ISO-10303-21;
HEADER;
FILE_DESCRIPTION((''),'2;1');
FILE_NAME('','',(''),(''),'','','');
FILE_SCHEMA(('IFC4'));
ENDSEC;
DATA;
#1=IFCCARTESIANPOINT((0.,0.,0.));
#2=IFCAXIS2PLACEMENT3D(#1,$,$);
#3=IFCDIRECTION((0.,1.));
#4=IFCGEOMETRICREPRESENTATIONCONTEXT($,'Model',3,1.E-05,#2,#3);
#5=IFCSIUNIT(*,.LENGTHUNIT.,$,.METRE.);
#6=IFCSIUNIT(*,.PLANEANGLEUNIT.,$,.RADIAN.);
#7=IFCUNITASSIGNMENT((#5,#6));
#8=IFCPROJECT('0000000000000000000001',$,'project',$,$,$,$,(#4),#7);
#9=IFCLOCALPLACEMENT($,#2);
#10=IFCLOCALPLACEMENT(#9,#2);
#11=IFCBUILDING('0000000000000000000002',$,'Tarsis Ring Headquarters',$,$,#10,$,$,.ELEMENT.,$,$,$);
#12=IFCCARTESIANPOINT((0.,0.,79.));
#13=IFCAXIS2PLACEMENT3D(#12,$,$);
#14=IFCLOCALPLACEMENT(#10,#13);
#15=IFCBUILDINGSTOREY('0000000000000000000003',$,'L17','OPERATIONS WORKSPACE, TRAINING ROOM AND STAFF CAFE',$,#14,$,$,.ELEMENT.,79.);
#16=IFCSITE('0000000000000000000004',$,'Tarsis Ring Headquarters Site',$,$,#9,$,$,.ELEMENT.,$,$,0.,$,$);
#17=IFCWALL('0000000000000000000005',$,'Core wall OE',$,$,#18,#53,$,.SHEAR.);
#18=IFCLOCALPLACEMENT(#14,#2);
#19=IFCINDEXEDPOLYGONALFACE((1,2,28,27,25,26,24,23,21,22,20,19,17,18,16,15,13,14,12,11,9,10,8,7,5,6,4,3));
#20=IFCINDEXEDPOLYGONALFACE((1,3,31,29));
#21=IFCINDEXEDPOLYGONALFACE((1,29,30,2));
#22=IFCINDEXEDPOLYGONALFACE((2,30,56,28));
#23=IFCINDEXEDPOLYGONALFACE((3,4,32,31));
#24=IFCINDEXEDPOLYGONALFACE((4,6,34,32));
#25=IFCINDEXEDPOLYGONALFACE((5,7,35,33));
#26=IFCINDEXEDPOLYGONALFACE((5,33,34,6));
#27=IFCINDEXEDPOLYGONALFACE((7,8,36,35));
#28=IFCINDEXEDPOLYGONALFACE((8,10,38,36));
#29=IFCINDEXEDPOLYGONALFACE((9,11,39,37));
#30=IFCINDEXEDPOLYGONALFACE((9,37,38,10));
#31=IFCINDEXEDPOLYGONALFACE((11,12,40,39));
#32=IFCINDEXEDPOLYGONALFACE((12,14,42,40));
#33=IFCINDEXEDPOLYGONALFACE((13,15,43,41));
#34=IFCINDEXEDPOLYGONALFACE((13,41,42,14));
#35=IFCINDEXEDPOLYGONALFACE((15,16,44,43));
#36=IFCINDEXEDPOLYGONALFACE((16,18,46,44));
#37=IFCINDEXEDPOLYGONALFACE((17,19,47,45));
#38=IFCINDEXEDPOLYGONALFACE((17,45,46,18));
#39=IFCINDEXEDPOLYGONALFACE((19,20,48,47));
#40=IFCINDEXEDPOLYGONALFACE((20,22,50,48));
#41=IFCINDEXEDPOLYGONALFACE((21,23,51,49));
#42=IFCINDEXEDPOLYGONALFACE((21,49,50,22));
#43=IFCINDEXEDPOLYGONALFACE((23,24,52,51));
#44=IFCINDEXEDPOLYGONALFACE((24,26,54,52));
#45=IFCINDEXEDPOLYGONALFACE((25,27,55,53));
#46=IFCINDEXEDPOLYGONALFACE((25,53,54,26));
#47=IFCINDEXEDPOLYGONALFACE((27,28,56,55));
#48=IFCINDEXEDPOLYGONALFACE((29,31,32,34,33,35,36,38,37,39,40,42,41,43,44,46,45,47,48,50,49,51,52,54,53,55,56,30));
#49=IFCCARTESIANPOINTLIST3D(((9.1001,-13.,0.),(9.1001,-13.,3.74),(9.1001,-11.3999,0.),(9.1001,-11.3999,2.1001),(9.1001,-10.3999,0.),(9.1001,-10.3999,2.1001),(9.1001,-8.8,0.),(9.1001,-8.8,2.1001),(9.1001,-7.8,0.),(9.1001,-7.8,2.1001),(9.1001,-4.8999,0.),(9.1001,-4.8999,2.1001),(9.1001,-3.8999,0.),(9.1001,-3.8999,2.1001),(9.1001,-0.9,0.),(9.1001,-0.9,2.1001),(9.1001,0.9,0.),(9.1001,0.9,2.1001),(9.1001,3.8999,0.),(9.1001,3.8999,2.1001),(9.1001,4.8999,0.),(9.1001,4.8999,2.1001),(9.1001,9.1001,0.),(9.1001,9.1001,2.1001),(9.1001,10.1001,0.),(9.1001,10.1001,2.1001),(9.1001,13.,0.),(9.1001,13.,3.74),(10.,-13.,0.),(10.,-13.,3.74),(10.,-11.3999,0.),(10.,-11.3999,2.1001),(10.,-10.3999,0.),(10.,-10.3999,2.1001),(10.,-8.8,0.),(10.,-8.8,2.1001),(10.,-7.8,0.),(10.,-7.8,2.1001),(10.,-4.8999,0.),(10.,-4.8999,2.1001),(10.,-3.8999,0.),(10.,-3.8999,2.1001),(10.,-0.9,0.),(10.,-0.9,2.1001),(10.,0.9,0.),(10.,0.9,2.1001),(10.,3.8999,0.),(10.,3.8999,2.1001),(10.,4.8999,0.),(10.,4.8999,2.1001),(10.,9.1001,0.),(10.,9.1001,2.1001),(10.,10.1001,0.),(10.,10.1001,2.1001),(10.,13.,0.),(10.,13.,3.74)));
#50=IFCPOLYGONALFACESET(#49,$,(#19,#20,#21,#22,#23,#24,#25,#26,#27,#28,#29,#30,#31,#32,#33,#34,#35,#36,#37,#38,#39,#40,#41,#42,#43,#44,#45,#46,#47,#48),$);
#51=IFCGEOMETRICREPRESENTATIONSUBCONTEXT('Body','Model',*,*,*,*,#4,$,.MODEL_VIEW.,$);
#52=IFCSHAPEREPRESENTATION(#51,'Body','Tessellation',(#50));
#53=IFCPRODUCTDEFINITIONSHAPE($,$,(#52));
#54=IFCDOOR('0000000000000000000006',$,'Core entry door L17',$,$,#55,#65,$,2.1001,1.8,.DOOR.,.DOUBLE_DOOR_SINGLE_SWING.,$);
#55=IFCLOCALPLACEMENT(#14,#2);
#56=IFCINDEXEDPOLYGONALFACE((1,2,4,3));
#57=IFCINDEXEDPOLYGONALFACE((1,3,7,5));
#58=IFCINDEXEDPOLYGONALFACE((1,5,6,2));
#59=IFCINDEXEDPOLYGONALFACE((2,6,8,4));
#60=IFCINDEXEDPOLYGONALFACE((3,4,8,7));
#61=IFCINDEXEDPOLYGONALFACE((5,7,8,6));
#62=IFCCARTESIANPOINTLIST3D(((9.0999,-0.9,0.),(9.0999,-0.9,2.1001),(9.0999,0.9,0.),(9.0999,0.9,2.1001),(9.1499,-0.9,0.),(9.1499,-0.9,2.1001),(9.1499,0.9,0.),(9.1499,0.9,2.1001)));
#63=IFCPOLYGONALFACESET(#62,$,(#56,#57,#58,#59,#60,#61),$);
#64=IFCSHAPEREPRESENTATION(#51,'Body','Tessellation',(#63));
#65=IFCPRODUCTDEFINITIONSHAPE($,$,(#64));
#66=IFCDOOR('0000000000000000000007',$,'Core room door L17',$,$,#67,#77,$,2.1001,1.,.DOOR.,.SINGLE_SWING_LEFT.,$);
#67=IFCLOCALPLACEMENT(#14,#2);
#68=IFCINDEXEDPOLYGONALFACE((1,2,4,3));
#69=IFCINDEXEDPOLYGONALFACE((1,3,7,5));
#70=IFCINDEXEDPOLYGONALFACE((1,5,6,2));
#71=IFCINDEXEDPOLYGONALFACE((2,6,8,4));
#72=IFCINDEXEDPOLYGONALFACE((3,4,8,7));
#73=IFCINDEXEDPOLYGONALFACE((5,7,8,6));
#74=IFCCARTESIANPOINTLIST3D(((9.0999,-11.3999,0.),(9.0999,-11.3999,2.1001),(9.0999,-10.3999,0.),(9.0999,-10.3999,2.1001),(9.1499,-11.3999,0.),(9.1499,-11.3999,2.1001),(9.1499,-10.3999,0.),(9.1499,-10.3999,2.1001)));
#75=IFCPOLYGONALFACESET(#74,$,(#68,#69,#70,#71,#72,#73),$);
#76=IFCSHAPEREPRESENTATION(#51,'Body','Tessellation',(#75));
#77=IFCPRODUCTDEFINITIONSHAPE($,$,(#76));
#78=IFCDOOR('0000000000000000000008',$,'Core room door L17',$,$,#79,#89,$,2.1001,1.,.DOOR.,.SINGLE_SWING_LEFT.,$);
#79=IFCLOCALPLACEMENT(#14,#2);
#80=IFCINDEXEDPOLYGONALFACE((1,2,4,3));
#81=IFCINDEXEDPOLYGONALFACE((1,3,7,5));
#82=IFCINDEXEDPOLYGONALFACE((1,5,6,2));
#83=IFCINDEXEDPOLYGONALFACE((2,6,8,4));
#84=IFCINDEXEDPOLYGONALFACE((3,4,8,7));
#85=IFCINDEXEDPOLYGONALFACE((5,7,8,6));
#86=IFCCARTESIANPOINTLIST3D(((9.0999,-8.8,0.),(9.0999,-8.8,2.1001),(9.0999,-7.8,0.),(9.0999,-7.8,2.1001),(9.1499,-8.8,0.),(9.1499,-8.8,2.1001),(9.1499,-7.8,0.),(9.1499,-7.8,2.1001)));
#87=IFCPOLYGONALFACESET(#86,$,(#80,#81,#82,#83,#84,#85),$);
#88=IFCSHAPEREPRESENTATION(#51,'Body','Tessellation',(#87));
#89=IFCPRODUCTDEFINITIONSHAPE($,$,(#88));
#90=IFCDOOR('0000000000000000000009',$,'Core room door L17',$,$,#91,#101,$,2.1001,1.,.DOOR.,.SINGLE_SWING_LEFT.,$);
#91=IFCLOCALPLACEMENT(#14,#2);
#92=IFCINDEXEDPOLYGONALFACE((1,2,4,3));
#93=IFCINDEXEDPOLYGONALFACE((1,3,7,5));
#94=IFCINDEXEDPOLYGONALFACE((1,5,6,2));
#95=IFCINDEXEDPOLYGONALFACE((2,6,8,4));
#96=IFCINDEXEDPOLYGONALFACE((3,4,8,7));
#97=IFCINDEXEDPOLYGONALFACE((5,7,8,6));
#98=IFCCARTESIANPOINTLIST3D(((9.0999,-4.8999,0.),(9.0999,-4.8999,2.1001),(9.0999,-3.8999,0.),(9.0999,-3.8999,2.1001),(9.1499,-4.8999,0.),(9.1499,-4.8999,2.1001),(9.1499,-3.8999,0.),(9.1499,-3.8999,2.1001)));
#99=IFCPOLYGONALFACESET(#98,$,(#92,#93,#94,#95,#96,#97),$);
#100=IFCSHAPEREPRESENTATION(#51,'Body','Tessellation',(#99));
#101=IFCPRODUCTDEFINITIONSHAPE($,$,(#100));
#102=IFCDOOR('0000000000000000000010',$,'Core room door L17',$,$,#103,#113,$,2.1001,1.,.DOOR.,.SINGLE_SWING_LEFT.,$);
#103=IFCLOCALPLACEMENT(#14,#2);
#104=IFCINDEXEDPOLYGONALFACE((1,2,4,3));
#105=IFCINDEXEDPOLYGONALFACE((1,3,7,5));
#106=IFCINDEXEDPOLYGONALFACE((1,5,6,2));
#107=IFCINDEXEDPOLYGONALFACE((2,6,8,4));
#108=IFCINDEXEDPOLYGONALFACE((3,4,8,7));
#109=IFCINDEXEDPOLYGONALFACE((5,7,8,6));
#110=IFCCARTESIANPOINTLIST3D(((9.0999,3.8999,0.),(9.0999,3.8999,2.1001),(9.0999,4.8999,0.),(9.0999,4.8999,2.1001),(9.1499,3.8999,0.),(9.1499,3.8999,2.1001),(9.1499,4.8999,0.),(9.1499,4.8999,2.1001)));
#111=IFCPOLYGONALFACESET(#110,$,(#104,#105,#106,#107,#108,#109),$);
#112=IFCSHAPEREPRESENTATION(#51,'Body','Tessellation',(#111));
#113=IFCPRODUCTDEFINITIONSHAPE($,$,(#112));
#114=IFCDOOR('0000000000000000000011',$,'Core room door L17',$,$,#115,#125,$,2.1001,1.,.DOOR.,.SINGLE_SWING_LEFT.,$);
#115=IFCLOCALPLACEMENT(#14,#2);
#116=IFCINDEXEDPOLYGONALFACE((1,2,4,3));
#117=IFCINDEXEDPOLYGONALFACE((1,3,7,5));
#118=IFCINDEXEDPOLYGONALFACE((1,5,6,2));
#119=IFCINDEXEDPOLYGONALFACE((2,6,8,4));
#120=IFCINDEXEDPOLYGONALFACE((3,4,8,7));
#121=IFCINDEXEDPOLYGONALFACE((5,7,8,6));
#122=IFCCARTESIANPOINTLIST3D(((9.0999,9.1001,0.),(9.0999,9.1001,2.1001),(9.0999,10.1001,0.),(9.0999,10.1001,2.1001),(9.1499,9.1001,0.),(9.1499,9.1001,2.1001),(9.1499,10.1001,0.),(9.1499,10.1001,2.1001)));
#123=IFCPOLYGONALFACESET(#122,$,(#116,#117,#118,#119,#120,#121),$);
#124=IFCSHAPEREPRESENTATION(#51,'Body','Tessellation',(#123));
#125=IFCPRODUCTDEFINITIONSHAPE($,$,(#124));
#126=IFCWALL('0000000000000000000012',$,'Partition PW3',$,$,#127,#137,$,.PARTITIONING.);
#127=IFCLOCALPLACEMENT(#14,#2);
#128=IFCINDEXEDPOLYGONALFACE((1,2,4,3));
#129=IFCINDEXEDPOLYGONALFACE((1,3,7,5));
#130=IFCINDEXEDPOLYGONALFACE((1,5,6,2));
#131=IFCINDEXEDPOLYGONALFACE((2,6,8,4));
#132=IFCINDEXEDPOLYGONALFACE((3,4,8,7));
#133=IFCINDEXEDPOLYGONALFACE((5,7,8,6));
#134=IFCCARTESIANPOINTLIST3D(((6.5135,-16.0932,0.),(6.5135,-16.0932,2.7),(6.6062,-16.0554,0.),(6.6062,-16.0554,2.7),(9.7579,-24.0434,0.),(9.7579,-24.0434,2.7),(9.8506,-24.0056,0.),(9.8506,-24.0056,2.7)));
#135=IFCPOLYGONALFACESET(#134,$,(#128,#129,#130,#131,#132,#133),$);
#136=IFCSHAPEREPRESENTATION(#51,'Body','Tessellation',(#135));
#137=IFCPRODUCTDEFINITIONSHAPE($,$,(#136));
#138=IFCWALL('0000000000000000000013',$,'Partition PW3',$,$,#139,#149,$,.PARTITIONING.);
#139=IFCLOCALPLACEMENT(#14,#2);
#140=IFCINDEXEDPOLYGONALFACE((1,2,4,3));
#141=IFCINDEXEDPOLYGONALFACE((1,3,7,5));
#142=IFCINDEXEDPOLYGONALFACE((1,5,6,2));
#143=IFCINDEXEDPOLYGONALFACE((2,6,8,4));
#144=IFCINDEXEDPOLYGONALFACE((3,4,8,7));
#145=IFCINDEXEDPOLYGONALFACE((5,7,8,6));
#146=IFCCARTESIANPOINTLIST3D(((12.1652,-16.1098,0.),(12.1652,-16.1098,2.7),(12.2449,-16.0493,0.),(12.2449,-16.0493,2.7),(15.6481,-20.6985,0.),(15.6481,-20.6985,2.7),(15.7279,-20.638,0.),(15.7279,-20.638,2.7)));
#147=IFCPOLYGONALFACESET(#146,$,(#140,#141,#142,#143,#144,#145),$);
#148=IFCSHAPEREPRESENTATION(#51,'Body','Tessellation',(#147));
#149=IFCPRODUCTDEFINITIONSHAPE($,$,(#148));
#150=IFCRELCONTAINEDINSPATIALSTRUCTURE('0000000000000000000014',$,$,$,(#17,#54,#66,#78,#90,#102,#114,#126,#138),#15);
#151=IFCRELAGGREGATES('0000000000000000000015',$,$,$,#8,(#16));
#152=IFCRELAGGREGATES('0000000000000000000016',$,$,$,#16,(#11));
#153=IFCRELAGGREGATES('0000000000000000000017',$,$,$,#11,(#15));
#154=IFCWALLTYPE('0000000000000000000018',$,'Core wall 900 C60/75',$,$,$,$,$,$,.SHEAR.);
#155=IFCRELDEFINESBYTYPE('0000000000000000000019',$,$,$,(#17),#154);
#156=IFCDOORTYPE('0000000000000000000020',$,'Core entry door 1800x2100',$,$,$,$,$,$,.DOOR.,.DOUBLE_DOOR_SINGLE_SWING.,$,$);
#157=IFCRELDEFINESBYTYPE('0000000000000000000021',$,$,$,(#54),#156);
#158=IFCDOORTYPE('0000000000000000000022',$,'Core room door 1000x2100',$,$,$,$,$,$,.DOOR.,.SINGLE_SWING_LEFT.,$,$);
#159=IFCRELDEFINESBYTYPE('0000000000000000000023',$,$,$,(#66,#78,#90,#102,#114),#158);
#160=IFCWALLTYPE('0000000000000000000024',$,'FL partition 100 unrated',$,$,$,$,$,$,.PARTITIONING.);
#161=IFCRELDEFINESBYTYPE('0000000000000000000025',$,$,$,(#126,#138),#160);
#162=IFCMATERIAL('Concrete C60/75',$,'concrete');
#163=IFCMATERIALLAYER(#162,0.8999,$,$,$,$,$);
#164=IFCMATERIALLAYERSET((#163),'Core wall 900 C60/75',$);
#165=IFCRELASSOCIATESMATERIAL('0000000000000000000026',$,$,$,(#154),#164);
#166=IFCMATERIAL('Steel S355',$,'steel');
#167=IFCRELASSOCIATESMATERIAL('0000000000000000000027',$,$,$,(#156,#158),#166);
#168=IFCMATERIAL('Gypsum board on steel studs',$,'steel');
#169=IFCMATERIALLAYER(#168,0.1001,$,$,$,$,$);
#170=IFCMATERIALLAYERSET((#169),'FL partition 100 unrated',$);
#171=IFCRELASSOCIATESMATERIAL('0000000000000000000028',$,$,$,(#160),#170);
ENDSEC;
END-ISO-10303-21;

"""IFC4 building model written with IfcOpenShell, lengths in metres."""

from ifc_helpers import new_model, si_unit, direction, frame, frame_2d, origin, place, context, subcontext, project, spatial, rectangle, extrude, material, layer, layer_set, type_object, element, fill, save


model = new_model("IFC4")

# Units and contexts
model_context = context("Model", 3, precision=1e-05, world=origin(), true_north=direction((0.0, 1.0)))
body_context = subcontext(model_context, "Body", "Model", "MODEL_VIEW")
ifc_project = project(units=[si_unit("LENGTHUNIT", "METRE"), si_unit("PLANEANGLEUNIT", "RADIAN")], contexts=[model_context])

# Site, building, storey
site_placement = place(None, origin())
site = spatial("IfcSite", under=ifc_project, at=site_placement, Name="Tarsis Ring Headquarters Site", CompositionType="ELEMENT", RefElevation=0.0)
building_placement = place(site_placement, origin())
building = spatial("IfcBuilding", under=site, at=building_placement, Name="Tarsis Ring Headquarters", CompositionType="ELEMENT")
storey_placement = place(building_placement, frame((0.0, 0.0, 79.0)))
storey = spatial("IfcBuildingStorey", under=building, at=storey_placement, Name="L17", Description="OPERATIONS WORKSPACE, TRAINING ROOM AND STAFF CAFE", CompositionType="ELEMENT", Elevation=79.0)

# Wall, openings, doors
ifc_material_1 = material(Name="Concrete C60/75", Category="concrete")
ifc_layer_1 = layer(ifc_material_1, 0.8999)
ifc_layer_set_1 = layer_set([ifc_layer_1], Name="Core wall 900 C60/75")
wall_type_1 = type_object("IfcWallType", Name="Core wall 900 C60/75", PredefinedType="SHEAR", material=ifc_layer_set_1)
wall_1_placement = place(storey_placement, frame((9.55, -13.0, 0.0), z_axis=(0.0, 0.0, 1.0), x_axis=(0.0, 1.0, 0.0)))
wall_1 = element("IfcWall", 1, at=wall_1_placement, inside=storey, type_object=wall_type_1, Name="Core wall OE", PredefinedType="SHEAR", context=body_context, shape_type="SweptSolid", body=[
    extrude(rectangle(XDim=26.0, YDim=0.8999, at=frame_2d((13.0, 0.0))), origin(), (0.0, 0.0, 1.0), 3.74),
])
opening_1_placement = place(wall_1_placement, frame((1.6001, 0.0, 0.0)))
opening_1 = element("IfcOpeningElement", 2, at=opening_1_placement, cuts=wall_1, PredefinedType="OPENING", context=body_context, shape_type="SweptSolid", body=[
    extrude(rectangle(XDim=1.0, YDim=2.1001, at=frame_2d((0.5, 1.05))), frame((0.0, 0.46, 0.0), z_axis=(0.0, -1.0, 0.0), x_axis=(1.0, 0.0, 0.0)), (0.0, 0.0, 1.0), 0.9199),
])
opening_2_placement = place(wall_1_placement, frame((4.2, 0.0, 0.0)))
opening_2 = element("IfcOpeningElement", 3, at=opening_2_placement, cuts=wall_1, PredefinedType="OPENING", context=body_context, shape_type="SweptSolid", body=[
    extrude(rectangle(XDim=1.0, YDim=2.1001, at=frame_2d((0.5, 1.05))), frame((0.0, 0.46, 0.0), z_axis=(0.0, -1.0, 0.0), x_axis=(1.0, 0.0, 0.0)), (0.0, 0.0, 1.0), 0.9199),
])
opening_3_placement = place(wall_1_placement, frame((8.1001, 0.0, 0.0)))
opening_3 = element("IfcOpeningElement", 4, at=opening_3_placement, cuts=wall_1, PredefinedType="OPENING", context=body_context, shape_type="SweptSolid", body=[
    extrude(rectangle(XDim=1.0, YDim=2.1001, at=frame_2d((0.5, 1.05))), frame((0.0, 0.46, 0.0), z_axis=(0.0, -1.0, 0.0), x_axis=(1.0, 0.0, 0.0)), (0.0, 0.0, 1.0), 0.9199),
])
opening_4_placement = place(wall_1_placement, frame((12.1001, 0.0, 0.0)))
opening_4 = element("IfcOpeningElement", 5, at=opening_4_placement, cuts=wall_1, PredefinedType="OPENING", context=body_context, shape_type="SweptSolid", body=[
    extrude(rectangle(XDim=1.8, YDim=2.1001, at=frame_2d((0.8999, 1.05))), frame((0.0, 0.46, 0.0), z_axis=(0.0, -1.0, 0.0), x_axis=(1.0, 0.0, 0.0)), (0.0, 0.0, 1.0), 0.9199),
])
opening_5_placement = place(wall_1_placement, frame((16.8999, 0.0, 0.0)))
opening_5 = element("IfcOpeningElement", 6, at=opening_5_placement, cuts=wall_1, PredefinedType="OPENING", context=body_context, shape_type="SweptSolid", body=[
    extrude(rectangle(XDim=1.0, YDim=2.1001, at=frame_2d((0.5, 1.05))), frame((0.0, 0.46, 0.0), z_axis=(0.0, -1.0, 0.0), x_axis=(1.0, 0.0, 0.0)), (0.0, 0.0, 1.0), 0.9199),
])
opening_6_placement = place(wall_1_placement, frame((22.1001, 0.0, 0.0)))
opening_6 = element("IfcOpeningElement", 7, at=opening_6_placement, cuts=wall_1, PredefinedType="OPENING", context=body_context, shape_type="SweptSolid", body=[
    extrude(rectangle(XDim=1.0, YDim=2.1001, at=frame_2d((0.5, 1.05))), frame((0.0, 0.46, 0.0), z_axis=(0.0, -1.0, 0.0), x_axis=(1.0, 0.0, 0.0)), (0.0, 0.0, 1.0), 0.9199),
])
ifc_material_2 = material(Name="Steel S355", Category="steel")
door_type_1 = type_object("IfcDoorType", Name="Core entry door 1800x2100", OperationType="DOUBLE_DOOR_SINGLE_SWING", PredefinedType="DOOR", material=ifc_material_2)
door_1_placement = place(opening_4_placement, origin())
door_1 = element("IfcDoor", 8, at=door_1_placement, inside=storey, type_object=door_type_1, Name="Core entry door L17", OperationType="DOUBLE_DOOR_SINGLE_SWING", OverallHeight=2.1001, OverallWidth=1.8, PredefinedType="DOOR", context=body_context, shape_type="SweptSolid", body=[
    extrude(rectangle(XDim=1.8, YDim=2.1001, at=frame_2d((0.8999, 1.05))), frame((0.0, 0.4502, 0.0), z_axis=(0.0, -1.0, 0.0), x_axis=(1.0, 0.0, 0.0)), (0.0, 0.0, 1.0), 0.05),
])
fill(opening_4, door_1)
door_type_2 = type_object("IfcDoorType", Name="Core room door 1000x2100", OperationType="SINGLE_SWING_LEFT", PredefinedType="DOOR", material=ifc_material_2)
door_2_placement = place(opening_1_placement, origin())
door_2 = element("IfcDoor", 9, at=door_2_placement, inside=storey, type_object=door_type_2, Name="Core room door L17", OperationType="SINGLE_SWING_LEFT", OverallHeight=2.1001, OverallWidth=1.0, PredefinedType="DOOR", context=body_context, shape_type="SweptSolid", body=[
    extrude(rectangle(XDim=1.0, YDim=2.1001, at=frame_2d((0.5, 1.05))), frame((0.0, 0.4502, 0.0), z_axis=(0.0, -1.0, 0.0), x_axis=(1.0, 0.0, 0.0)), (0.0, 0.0, 1.0), 0.05),
])
fill(opening_1, door_2)
door_3_placement = place(opening_2_placement, origin())
door_3 = element("IfcDoor", 10, at=door_3_placement, inside=storey, type_object=door_type_2, Name="Core room door L17", OperationType="SINGLE_SWING_LEFT", OverallHeight=2.1001, OverallWidth=1.0, PredefinedType="DOOR", context=body_context, shape_type="SweptSolid", body=[
    extrude(rectangle(XDim=1.0, YDim=2.1001, at=frame_2d((0.5, 1.05))), frame((0.0, 0.4502, 0.0), z_axis=(0.0, -1.0, 0.0), x_axis=(1.0, 0.0, 0.0)), (0.0, 0.0, 1.0), 0.05),
])
fill(opening_2, door_3)
door_4_placement = place(opening_3_placement, origin())
door_4 = element("IfcDoor", 11, at=door_4_placement, inside=storey, type_object=door_type_2, Name="Core room door L17", OperationType="SINGLE_SWING_LEFT", OverallHeight=2.1001, OverallWidth=1.0, PredefinedType="DOOR", context=body_context, shape_type="SweptSolid", body=[
    extrude(rectangle(XDim=1.0, YDim=2.1001, at=frame_2d((0.5, 1.05))), frame((0.0, 0.4502, 0.0), z_axis=(0.0, -1.0, 0.0), x_axis=(1.0, 0.0, 0.0)), (0.0, 0.0, 1.0), 0.05),
])
fill(opening_3, door_4)
door_5_placement = place(opening_5_placement, origin())
door_5 = element("IfcDoor", 12, at=door_5_placement, inside=storey, type_object=door_type_2, Name="Core room door L17", OperationType="SINGLE_SWING_LEFT", OverallHeight=2.1001, OverallWidth=1.0, PredefinedType="DOOR", context=body_context, shape_type="SweptSolid", body=[
    extrude(rectangle(XDim=1.0, YDim=2.1001, at=frame_2d((0.5, 1.05))), frame((0.0, 0.4502, 0.0), z_axis=(0.0, -1.0, 0.0), x_axis=(1.0, 0.0, 0.0)), (0.0, 0.0, 1.0), 0.05),
])
fill(opening_5, door_5)
door_6_placement = place(opening_6_placement, origin())
door_6 = element("IfcDoor", 13, at=door_6_placement, inside=storey, type_object=door_type_2, Name="Core room door L17", OperationType="SINGLE_SWING_LEFT", OverallHeight=2.1001, OverallWidth=1.0, PredefinedType="DOOR", context=body_context, shape_type="SweptSolid", body=[
    extrude(rectangle(XDim=1.0, YDim=2.1001, at=frame_2d((0.5, 1.05))), frame((0.0, 0.4502, 0.0), z_axis=(0.0, -1.0, 0.0), x_axis=(1.0, 0.0, 0.0)), (0.0, 0.0, 1.0), 0.05),
])
fill(opening_6, door_6)

# Walls
ifc_material_3 = material(Name="Gypsum board on steel studs", Category="steel")
ifc_layer_2 = layer(ifc_material_3, 0.1001)
ifc_layer_set_2 = layer_set([ifc_layer_2], Name="FL partition 100 unrated")
wall_type_2 = type_object("IfcWallType", Name="FL partition 100 unrated", PredefinedType="PARTITIONING", material=ifc_layer_set_2)
wall_2_placement = place(storey_placement, frame((6.5598, -16.0742, 0.0), z_axis=(0.0, 0.0, 1.0), x_axis=(0.377838, -0.925872, 0.0)))
element("IfcWall", 14, at=wall_2_placement, inside=storey, type_object=wall_type_2, Name="Partition PW3", PredefinedType="PARTITIONING", context=body_context, shape_type="SweptSolid", body=[
    extrude(rectangle(XDim=8.5867, YDim=0.1001, at=frame_2d((4.2935, 0.0))), origin(), (0.0, 0.0, 1.0), 2.7),
])
wall_3_placement = place(storey_placement, frame((12.2051, -16.0796, 0.0), z_axis=(0.0, 0.0, 1.0), x_axis=(0.604594, -0.796534, 0.0)))
element("IfcWall", 15, at=wall_3_placement, inside=storey, type_object=wall_type_2, Name="Partition PW3", PredefinedType="PARTITIONING", context=body_context, shape_type="SweptSolid", body=[
    extrude(rectangle(XDim=5.7607, YDim=0.1001, at=frame_2d((2.8804, 0.0))), origin(), (0.0, 0.0, 1.0), 2.7),
])

save(model, "model.ifc")
